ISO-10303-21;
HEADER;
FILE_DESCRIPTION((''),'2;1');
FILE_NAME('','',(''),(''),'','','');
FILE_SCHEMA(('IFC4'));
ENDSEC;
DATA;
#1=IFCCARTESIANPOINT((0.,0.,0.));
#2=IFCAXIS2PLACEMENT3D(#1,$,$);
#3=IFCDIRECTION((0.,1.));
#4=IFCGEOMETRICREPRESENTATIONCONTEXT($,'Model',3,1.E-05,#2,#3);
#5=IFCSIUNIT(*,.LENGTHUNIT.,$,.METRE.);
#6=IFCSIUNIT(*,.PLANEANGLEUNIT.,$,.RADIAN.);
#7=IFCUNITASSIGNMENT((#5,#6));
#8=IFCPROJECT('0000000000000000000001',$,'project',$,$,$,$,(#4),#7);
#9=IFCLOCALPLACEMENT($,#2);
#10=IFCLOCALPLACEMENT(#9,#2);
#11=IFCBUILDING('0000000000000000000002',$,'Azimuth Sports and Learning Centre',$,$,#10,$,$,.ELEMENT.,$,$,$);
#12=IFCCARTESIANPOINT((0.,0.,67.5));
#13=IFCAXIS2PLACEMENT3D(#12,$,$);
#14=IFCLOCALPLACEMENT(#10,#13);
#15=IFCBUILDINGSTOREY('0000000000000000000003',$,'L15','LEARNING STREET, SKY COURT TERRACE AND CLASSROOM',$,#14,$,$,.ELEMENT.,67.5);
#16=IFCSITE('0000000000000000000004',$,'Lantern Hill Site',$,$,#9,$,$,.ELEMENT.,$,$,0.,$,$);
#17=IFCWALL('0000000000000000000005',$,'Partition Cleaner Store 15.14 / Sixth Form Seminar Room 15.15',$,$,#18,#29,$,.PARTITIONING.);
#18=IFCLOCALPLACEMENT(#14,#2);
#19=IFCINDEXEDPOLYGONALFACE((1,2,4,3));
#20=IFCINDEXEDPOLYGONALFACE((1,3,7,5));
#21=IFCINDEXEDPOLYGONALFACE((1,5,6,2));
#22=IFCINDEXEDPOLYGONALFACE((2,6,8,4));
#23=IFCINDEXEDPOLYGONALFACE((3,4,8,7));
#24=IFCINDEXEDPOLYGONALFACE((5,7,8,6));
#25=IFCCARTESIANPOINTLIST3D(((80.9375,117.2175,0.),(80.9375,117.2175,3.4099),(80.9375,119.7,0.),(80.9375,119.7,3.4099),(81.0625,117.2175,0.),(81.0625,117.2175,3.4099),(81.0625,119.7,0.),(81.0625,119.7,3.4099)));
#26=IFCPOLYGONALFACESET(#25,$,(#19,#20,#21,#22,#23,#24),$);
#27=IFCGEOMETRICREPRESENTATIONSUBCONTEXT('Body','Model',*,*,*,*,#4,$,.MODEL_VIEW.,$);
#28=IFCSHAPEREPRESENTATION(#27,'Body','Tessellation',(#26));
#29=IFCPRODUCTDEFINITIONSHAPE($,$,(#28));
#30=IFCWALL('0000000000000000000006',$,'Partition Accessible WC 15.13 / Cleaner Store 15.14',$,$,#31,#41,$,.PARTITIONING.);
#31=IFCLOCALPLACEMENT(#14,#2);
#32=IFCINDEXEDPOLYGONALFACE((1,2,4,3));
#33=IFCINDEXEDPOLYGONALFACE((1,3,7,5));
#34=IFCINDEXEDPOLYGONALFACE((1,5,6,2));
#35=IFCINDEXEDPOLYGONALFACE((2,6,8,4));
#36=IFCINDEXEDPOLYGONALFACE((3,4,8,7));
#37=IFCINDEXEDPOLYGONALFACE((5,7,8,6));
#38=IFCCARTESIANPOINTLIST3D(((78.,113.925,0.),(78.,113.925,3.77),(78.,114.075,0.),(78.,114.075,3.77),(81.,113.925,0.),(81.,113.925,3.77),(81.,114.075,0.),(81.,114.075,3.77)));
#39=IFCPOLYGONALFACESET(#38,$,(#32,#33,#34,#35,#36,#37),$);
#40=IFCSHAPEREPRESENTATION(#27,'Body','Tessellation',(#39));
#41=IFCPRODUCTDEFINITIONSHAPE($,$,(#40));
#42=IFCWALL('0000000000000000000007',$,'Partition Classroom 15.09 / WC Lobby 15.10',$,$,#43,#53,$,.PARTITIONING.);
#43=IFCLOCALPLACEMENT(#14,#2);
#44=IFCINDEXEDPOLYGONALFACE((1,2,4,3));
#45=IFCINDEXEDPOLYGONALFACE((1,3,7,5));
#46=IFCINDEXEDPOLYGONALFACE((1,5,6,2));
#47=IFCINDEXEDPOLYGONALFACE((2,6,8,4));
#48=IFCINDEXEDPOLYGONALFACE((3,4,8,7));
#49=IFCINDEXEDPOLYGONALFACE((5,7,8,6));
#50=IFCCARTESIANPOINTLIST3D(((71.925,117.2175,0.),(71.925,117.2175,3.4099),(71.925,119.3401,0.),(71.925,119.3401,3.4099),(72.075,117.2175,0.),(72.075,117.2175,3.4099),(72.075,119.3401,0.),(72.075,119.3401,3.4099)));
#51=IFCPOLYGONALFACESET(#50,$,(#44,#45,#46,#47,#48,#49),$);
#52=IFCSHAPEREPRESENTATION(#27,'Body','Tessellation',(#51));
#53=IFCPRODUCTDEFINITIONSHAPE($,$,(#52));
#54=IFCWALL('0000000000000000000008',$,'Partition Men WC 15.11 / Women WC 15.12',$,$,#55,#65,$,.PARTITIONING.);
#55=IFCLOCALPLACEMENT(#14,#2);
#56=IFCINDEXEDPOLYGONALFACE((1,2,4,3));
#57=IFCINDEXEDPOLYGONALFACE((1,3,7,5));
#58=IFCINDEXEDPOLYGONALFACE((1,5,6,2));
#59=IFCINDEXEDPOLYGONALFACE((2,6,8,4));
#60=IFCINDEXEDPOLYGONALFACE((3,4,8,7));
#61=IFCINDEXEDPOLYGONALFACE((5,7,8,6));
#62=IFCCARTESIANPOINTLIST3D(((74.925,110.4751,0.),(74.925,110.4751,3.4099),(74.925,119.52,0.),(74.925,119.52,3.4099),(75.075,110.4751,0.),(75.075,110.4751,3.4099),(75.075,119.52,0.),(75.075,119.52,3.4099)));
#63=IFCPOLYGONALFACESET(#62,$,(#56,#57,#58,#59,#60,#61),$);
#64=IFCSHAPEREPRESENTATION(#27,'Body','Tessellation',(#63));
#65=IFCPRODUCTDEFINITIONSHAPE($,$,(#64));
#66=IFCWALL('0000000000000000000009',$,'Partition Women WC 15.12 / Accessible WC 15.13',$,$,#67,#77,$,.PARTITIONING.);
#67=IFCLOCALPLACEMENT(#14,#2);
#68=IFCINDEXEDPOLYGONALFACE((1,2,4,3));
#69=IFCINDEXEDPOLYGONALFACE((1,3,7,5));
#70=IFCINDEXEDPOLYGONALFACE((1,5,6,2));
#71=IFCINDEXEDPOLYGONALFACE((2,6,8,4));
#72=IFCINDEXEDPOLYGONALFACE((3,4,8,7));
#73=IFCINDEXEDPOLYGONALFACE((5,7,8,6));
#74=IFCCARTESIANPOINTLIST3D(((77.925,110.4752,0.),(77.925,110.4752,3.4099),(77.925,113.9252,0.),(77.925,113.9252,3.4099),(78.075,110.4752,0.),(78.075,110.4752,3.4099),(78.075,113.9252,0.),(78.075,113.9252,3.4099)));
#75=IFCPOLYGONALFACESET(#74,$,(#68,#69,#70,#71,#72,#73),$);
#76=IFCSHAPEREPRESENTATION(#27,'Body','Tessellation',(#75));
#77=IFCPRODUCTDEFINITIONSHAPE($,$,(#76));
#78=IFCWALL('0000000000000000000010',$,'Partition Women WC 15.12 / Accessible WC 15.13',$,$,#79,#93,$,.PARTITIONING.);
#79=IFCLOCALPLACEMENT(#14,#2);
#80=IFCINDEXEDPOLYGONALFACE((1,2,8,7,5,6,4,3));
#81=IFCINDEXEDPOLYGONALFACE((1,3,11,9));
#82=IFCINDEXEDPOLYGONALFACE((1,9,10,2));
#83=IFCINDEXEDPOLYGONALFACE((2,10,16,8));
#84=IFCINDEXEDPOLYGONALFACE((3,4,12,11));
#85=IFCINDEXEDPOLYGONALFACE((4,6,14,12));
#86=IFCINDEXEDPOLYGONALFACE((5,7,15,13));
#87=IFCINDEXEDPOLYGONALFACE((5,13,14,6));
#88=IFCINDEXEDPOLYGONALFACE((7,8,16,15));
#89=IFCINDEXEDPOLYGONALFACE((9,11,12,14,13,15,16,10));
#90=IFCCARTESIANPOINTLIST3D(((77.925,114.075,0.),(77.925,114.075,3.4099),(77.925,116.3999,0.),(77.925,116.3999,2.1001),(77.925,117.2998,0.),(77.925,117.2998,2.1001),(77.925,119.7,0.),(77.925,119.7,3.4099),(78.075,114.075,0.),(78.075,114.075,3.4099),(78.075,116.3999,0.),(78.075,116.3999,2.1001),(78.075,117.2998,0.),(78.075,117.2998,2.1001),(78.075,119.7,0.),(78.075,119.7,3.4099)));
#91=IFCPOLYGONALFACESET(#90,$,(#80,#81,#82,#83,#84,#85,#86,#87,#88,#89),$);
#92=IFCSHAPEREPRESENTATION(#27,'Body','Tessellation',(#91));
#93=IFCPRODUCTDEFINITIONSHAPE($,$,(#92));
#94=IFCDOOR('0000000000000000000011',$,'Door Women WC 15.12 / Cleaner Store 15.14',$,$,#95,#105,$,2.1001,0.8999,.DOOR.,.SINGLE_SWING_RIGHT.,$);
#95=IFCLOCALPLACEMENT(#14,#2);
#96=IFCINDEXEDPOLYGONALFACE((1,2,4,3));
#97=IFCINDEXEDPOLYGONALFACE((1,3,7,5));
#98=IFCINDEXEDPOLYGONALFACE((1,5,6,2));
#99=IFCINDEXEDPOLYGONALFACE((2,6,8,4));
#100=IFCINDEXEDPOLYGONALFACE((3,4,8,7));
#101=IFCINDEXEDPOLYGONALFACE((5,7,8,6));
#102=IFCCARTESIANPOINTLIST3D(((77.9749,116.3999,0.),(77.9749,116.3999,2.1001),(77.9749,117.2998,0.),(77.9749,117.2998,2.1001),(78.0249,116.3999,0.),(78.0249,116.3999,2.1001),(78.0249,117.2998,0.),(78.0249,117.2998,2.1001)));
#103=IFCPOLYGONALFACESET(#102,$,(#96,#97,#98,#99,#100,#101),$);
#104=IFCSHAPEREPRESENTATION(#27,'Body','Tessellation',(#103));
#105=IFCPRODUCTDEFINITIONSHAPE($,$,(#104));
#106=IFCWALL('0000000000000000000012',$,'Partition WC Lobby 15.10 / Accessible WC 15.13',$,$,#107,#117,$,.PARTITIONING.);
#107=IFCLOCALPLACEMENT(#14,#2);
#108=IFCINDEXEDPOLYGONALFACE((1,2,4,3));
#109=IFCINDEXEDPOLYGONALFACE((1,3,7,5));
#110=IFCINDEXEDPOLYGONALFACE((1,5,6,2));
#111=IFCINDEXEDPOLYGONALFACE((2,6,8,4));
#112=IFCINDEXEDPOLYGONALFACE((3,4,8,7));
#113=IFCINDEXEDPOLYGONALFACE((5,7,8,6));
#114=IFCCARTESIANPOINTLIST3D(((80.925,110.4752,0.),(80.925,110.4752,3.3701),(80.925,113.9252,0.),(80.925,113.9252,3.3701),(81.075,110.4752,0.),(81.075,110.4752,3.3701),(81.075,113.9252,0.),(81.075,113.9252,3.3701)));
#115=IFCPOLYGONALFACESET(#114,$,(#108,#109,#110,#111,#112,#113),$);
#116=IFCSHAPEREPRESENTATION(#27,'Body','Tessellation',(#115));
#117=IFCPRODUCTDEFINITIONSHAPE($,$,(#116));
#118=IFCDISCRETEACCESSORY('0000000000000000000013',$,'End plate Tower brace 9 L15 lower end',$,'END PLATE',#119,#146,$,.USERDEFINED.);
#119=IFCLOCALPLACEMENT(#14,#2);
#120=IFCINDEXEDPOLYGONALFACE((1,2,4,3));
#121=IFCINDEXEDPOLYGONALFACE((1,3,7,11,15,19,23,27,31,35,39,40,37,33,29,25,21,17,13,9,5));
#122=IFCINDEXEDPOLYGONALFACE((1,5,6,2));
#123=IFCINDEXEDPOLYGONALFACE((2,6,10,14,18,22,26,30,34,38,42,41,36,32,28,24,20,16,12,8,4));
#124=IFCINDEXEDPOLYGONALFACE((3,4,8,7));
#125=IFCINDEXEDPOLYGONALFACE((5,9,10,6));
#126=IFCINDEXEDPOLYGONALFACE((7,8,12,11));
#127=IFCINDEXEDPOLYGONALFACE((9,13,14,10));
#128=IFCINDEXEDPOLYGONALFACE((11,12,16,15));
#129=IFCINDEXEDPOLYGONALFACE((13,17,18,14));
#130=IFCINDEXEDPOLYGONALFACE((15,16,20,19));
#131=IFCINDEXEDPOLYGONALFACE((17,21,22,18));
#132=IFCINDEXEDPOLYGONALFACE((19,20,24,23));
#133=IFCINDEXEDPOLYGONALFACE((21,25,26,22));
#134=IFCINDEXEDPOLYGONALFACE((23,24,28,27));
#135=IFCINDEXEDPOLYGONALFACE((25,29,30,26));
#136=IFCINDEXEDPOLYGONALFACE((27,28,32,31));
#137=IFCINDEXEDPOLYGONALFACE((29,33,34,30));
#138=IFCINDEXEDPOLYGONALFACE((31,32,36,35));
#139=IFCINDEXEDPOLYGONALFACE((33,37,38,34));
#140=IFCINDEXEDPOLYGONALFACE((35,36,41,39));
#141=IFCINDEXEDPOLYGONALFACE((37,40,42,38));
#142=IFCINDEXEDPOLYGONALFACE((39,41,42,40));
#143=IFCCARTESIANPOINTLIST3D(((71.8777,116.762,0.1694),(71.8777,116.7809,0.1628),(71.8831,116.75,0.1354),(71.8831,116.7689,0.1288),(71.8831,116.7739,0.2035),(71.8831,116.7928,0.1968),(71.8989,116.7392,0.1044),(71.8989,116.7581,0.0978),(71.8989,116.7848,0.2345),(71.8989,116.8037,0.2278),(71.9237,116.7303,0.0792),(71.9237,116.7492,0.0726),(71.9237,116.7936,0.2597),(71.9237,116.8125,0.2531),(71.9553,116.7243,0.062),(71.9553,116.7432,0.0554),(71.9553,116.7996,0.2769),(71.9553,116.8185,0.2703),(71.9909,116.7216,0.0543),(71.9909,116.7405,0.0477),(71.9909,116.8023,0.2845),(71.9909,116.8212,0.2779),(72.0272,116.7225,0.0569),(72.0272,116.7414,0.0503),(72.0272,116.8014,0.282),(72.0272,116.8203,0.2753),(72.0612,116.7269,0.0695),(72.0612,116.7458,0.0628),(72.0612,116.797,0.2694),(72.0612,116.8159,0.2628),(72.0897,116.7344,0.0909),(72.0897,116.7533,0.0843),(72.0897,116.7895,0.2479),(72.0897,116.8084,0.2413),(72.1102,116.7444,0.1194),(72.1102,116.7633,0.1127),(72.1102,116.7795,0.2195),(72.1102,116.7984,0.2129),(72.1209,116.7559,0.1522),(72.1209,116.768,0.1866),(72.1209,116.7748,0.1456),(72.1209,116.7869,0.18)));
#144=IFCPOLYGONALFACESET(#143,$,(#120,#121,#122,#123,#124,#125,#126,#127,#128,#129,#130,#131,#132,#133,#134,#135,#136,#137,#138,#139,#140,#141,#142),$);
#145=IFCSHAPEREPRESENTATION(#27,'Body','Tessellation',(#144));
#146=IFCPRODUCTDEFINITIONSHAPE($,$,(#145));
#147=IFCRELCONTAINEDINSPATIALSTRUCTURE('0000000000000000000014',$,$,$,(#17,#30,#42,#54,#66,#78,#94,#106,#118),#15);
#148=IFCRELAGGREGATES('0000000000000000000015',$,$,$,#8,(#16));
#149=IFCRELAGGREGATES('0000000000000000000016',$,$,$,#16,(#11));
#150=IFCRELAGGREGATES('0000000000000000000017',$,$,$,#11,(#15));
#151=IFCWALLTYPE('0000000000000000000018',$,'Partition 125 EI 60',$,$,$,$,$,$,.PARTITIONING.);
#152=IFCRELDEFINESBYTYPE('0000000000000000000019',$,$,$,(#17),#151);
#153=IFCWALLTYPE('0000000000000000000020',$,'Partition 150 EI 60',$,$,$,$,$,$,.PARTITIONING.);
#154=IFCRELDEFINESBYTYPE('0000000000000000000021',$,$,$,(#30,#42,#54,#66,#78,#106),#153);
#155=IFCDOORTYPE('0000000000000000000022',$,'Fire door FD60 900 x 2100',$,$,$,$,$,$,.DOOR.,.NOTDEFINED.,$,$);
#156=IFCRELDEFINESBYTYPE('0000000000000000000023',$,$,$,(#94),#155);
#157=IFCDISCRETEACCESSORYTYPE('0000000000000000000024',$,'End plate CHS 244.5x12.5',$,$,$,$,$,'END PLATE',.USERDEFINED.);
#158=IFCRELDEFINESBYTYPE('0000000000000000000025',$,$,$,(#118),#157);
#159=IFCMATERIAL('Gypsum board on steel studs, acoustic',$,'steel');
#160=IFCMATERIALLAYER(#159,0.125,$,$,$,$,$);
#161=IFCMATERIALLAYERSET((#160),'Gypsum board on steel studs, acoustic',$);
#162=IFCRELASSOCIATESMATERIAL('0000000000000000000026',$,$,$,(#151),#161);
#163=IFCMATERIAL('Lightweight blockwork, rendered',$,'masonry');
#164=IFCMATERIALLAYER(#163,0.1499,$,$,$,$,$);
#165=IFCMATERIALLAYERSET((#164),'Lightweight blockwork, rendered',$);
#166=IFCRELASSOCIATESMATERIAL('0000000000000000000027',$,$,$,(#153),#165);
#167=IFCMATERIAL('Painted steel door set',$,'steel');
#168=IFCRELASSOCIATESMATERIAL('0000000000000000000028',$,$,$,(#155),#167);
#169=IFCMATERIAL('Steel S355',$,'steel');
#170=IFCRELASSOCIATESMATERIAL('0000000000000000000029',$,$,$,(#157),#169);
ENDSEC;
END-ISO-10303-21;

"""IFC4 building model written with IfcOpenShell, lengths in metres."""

from ifc_helpers import new_model, si_unit, direction, frame, frame_2d, origin, origin_2d, place, context, subcontext, project, spatial, rectangle, circle, extrude, material, layer, layer_set, material_profile, profile_set, type_object, element, fill, save


model = new_model("IFC4")

# Units and contexts
model_context = context("Model", 3, precision=1e-05, world=origin(), true_north=direction((0.0, 1.0)))
body_context = subcontext(model_context, "Body", "Model", "MODEL_VIEW")
ifc_project = project(units=[si_unit("LENGTHUNIT", "METRE"), si_unit("PLANEANGLEUNIT", "RADIAN")], contexts=[model_context])

# Site, building, storey
site_placement = place(None, origin())
site = spatial("IfcSite", under=ifc_project, at=site_placement, Name="Lantern Hill Site", CompositionType="ELEMENT", RefElevation=0.0)
building_placement = place(site_placement, origin())
building = spatial("IfcBuilding", under=site, at=building_placement, Name="Azimuth Sports and Learning Centre", CompositionType="ELEMENT")
storey_placement = place(building_placement, frame((0.0, 0.0, 67.5)))
storey = spatial("IfcBuildingStorey", under=building, at=storey_placement, Name="L15", Description="LEARNING STREET, SKY COURT TERRACE AND CLASSROOM", CompositionType="ELEMENT", Elevation=67.5)

# Walls
ifc_material_1 = material(Name="Gypsum board on steel studs, acoustic", Category="steel")
ifc_layer_1 = layer(ifc_material_1, 0.125)
ifc_layer_set_1 = layer_set([ifc_layer_1], Name="Gypsum board on steel studs, acoustic")
wall_type_1 = type_object("IfcWallType", Name="Partition 125 EI 60", PredefinedType="PARTITIONING", material=ifc_layer_set_1)
wall_1_placement = place(storey_placement, frame((81.0, 117.2175, 0.0), z_axis=(0.0, 0.0, 1.0), x_axis=(0.0, 1.0, 0.0)))
element("IfcWall", 1, at=wall_1_placement, inside=storey, type_object=wall_type_1, Name="Partition Cleaner Store 15.14 / Sixth Form Seminar Room 15.15", PredefinedType="PARTITIONING", context=body_context, shape_type="SweptSolid", body=[
    extrude(rectangle(XDim=2.4824, YDim=0.125, at=frame_2d((1.2412, 0.0))), origin(), (0.0, 0.0, 1.0), 3.4099),
])
ifc_material_2 = material(Name="Lightweight blockwork, rendered", Category="masonry")
ifc_layer_2 = layer(ifc_material_2, 0.1499)
ifc_layer_set_2 = layer_set([ifc_layer_2], Name="Lightweight blockwork, rendered")
wall_type_2 = type_object("IfcWallType", Name="Partition 150 EI 60", PredefinedType="PARTITIONING", material=ifc_layer_set_2)
wall_2_placement = place(storey_placement, frame((78.0, 114.0, 0.0), z_axis=(0.0, 0.0, 1.0), x_axis=(1.0, 0.0, 0.0)))
element("IfcWall", 2, at=wall_2_placement, inside=storey, type_object=wall_type_2, Name="Partition Accessible WC 15.13 / Cleaner Store 15.14", PredefinedType="PARTITIONING", context=body_context, shape_type="SweptSolid", body=[
    extrude(rectangle(XDim=3.0, YDim=0.1499, at=frame_2d((1.5, 0.0))), origin(), (0.0, 0.0, 1.0), 3.77),
])
wall_3_placement = place(storey_placement, frame((72.0, 117.2175, 0.0), z_axis=(0.0, 0.0, 1.0), x_axis=(0.0, 1.0, 0.0)))
element("IfcWall", 3, at=wall_3_placement, inside=storey, type_object=wall_type_2, Name="Partition Classroom 15.09 / WC Lobby 15.10", PredefinedType="PARTITIONING", context=body_context, shape_type="SweptSolid", body=[
    extrude(rectangle(XDim=2.1226, YDim=0.1499, at=frame_2d((1.0613, 0.0))), origin(), (0.0, 0.0, 1.0), 3.4099),
])
wall_4_placement = place(storey_placement, frame((75.0, 110.4751, 0.0), z_axis=(0.0, 0.0, 1.0), x_axis=(0.0, 1.0, 0.0)))
element("IfcWall", 4, at=wall_4_placement, inside=storey, type_object=wall_type_2, Name="Partition Men WC 15.11 / Women WC 15.12", PredefinedType="PARTITIONING", context=body_context, shape_type="SweptSolid", body=[
    extrude(rectangle(XDim=9.0449, YDim=0.1499, at=frame_2d((4.5225, 0.0))), origin(), (0.0, 0.0, 1.0), 3.4099),
])
wall_5_placement = place(storey_placement, frame((78.0, 110.4751, 0.0), z_axis=(0.0, 0.0, 1.0), x_axis=(0.0, 1.0, 0.0)))
element("IfcWall", 5, at=wall_5_placement, inside=storey, type_object=wall_type_2, Name="Partition Women WC 15.12 / Accessible WC 15.13", PredefinedType="PARTITIONING", context=body_context, shape_type="SweptSolid", body=[
    extrude(rectangle(XDim=3.45, YDim=0.1499, at=frame_2d((1.7251, 0.0))), origin(), (0.0, 0.0, 1.0), 3.4099),
])

# Wall, opening, door
wall_6_placement = place(storey_placement, frame((78.0, 114.075, 0.0), z_axis=(0.0, 0.0, 1.0), x_axis=(0.0, 1.0, 0.0)))
wall_6 = element("IfcWall", 6, at=wall_6_placement, inside=storey, type_object=wall_type_2, Name="Partition Women WC 15.12 / Accessible WC 15.13", PredefinedType="PARTITIONING", context=body_context, shape_type="SweptSolid", body=[
    extrude(rectangle(XDim=5.625, YDim=0.1499, at=frame_2d((2.8125, 0.0))), origin(), (0.0, 0.0, 1.0), 3.4099),
])
opening_placement = place(wall_6_placement, frame((2.325, 0.0, 0.0)))
opening = element("IfcOpeningElement", 7, at=opening_placement, cuts=wall_6, PredefinedType="OPENING", context=body_context, shape_type="SweptSolid", body=[
    extrude(rectangle(XDim=0.8999, YDim=2.1001, at=frame_2d((0.45, 1.05))), frame((0.0, 0.0859, 0.0), z_axis=(0.0, -1.0, 0.0), x_axis=(1.0, 0.0, 0.0)), (0.0, 0.0, 1.0), 0.1719),
])
ifc_material_3 = material(Name="Painted steel door set", Category="steel")
door_type = type_object("IfcDoorType", Name="Fire door FD60 900 x 2100", OperationType="NOTDEFINED", PredefinedType="DOOR", material=ifc_material_3)
door_placement = place(opening_placement, frame((0.8999, 0.0, 0.0), z_axis=(0.0, 0.0, 1.0), x_axis=(-1.0, 0.0, 0.0)))
door = element("IfcDoor", 8, at=door_placement, inside=storey, type_object=door_type, Name="Door Women WC 15.12 / Cleaner Store 15.14", OperationType="SINGLE_SWING_RIGHT", OverallHeight=2.1001, OverallWidth=0.8999, PredefinedType="DOOR", context=body_context, shape_type="SweptSolid", body=[
    extrude(rectangle(XDim=0.8999, YDim=2.1001, at=frame_2d((0.45, 1.05))), frame((0.0, 0.0249, 0.0), z_axis=(0.0, -1.0, 0.0), x_axis=(1.0, 0.0, 0.0)), (0.0, 0.0, 1.0), 0.05),
])
fill(opening, door)

# Wall
wall_7_placement = place(storey_placement, frame((81.0, 110.4751, 0.0), z_axis=(0.0, 0.0, 1.0), x_axis=(0.0, 1.0, 0.0)))
element("IfcWall", 9, at=wall_7_placement, inside=storey, type_object=wall_type_2, Name="Partition WC Lobby 15.10 / Accessible WC 15.13", PredefinedType="PARTITIONING", context=body_context, shape_type="SweptSolid", body=[
    extrude(rectangle(XDim=3.45, YDim=0.1499, at=frame_2d((1.7251, 0.0))), origin(), (0.0, 0.0, 1.0), 3.3701),
])

# Discrete accessory
ifc_material_4 = material(Name="Steel S355", Category="steel")
ifc_material_profile_1 = material_profile(ifc_material_4, circle(Radius=0.1223, at=origin_2d()), Name="PL 244 DISC")
ifc_profile_set_1 = profile_set([ifc_material_profile_1], Name="Steel S355")
discrete_accessory_type = type_object("IfcDiscreteAccessoryType", Name="End plate CHS 244.5x12.5", ElementType="END PLATE", PredefinedType="USERDEFINED", material=ifc_profile_set_1)
discrete_accessory_placement = place(storey_placement, frame((72.0, 116.762, 0.1694), z_axis=(0.0, 0.943667, -0.330896), x_axis=(-1.0, 0.0, 0.0)))
element("IfcDiscreteAccessory", 10, at=discrete_accessory_placement, inside=storey, type_object=discrete_accessory_type, Name="End plate Tower brace 9 L15 lower end", ObjectType="END PLATE", PredefinedType="USERDEFINED", context=body_context, shape_type="SweptSolid", body=[
    extrude(circle(Radius=0.1223, at=origin_2d()), origin(), (0.0, 0.0, 1.0), 0.02),
])

save(model, "model.ifc")
